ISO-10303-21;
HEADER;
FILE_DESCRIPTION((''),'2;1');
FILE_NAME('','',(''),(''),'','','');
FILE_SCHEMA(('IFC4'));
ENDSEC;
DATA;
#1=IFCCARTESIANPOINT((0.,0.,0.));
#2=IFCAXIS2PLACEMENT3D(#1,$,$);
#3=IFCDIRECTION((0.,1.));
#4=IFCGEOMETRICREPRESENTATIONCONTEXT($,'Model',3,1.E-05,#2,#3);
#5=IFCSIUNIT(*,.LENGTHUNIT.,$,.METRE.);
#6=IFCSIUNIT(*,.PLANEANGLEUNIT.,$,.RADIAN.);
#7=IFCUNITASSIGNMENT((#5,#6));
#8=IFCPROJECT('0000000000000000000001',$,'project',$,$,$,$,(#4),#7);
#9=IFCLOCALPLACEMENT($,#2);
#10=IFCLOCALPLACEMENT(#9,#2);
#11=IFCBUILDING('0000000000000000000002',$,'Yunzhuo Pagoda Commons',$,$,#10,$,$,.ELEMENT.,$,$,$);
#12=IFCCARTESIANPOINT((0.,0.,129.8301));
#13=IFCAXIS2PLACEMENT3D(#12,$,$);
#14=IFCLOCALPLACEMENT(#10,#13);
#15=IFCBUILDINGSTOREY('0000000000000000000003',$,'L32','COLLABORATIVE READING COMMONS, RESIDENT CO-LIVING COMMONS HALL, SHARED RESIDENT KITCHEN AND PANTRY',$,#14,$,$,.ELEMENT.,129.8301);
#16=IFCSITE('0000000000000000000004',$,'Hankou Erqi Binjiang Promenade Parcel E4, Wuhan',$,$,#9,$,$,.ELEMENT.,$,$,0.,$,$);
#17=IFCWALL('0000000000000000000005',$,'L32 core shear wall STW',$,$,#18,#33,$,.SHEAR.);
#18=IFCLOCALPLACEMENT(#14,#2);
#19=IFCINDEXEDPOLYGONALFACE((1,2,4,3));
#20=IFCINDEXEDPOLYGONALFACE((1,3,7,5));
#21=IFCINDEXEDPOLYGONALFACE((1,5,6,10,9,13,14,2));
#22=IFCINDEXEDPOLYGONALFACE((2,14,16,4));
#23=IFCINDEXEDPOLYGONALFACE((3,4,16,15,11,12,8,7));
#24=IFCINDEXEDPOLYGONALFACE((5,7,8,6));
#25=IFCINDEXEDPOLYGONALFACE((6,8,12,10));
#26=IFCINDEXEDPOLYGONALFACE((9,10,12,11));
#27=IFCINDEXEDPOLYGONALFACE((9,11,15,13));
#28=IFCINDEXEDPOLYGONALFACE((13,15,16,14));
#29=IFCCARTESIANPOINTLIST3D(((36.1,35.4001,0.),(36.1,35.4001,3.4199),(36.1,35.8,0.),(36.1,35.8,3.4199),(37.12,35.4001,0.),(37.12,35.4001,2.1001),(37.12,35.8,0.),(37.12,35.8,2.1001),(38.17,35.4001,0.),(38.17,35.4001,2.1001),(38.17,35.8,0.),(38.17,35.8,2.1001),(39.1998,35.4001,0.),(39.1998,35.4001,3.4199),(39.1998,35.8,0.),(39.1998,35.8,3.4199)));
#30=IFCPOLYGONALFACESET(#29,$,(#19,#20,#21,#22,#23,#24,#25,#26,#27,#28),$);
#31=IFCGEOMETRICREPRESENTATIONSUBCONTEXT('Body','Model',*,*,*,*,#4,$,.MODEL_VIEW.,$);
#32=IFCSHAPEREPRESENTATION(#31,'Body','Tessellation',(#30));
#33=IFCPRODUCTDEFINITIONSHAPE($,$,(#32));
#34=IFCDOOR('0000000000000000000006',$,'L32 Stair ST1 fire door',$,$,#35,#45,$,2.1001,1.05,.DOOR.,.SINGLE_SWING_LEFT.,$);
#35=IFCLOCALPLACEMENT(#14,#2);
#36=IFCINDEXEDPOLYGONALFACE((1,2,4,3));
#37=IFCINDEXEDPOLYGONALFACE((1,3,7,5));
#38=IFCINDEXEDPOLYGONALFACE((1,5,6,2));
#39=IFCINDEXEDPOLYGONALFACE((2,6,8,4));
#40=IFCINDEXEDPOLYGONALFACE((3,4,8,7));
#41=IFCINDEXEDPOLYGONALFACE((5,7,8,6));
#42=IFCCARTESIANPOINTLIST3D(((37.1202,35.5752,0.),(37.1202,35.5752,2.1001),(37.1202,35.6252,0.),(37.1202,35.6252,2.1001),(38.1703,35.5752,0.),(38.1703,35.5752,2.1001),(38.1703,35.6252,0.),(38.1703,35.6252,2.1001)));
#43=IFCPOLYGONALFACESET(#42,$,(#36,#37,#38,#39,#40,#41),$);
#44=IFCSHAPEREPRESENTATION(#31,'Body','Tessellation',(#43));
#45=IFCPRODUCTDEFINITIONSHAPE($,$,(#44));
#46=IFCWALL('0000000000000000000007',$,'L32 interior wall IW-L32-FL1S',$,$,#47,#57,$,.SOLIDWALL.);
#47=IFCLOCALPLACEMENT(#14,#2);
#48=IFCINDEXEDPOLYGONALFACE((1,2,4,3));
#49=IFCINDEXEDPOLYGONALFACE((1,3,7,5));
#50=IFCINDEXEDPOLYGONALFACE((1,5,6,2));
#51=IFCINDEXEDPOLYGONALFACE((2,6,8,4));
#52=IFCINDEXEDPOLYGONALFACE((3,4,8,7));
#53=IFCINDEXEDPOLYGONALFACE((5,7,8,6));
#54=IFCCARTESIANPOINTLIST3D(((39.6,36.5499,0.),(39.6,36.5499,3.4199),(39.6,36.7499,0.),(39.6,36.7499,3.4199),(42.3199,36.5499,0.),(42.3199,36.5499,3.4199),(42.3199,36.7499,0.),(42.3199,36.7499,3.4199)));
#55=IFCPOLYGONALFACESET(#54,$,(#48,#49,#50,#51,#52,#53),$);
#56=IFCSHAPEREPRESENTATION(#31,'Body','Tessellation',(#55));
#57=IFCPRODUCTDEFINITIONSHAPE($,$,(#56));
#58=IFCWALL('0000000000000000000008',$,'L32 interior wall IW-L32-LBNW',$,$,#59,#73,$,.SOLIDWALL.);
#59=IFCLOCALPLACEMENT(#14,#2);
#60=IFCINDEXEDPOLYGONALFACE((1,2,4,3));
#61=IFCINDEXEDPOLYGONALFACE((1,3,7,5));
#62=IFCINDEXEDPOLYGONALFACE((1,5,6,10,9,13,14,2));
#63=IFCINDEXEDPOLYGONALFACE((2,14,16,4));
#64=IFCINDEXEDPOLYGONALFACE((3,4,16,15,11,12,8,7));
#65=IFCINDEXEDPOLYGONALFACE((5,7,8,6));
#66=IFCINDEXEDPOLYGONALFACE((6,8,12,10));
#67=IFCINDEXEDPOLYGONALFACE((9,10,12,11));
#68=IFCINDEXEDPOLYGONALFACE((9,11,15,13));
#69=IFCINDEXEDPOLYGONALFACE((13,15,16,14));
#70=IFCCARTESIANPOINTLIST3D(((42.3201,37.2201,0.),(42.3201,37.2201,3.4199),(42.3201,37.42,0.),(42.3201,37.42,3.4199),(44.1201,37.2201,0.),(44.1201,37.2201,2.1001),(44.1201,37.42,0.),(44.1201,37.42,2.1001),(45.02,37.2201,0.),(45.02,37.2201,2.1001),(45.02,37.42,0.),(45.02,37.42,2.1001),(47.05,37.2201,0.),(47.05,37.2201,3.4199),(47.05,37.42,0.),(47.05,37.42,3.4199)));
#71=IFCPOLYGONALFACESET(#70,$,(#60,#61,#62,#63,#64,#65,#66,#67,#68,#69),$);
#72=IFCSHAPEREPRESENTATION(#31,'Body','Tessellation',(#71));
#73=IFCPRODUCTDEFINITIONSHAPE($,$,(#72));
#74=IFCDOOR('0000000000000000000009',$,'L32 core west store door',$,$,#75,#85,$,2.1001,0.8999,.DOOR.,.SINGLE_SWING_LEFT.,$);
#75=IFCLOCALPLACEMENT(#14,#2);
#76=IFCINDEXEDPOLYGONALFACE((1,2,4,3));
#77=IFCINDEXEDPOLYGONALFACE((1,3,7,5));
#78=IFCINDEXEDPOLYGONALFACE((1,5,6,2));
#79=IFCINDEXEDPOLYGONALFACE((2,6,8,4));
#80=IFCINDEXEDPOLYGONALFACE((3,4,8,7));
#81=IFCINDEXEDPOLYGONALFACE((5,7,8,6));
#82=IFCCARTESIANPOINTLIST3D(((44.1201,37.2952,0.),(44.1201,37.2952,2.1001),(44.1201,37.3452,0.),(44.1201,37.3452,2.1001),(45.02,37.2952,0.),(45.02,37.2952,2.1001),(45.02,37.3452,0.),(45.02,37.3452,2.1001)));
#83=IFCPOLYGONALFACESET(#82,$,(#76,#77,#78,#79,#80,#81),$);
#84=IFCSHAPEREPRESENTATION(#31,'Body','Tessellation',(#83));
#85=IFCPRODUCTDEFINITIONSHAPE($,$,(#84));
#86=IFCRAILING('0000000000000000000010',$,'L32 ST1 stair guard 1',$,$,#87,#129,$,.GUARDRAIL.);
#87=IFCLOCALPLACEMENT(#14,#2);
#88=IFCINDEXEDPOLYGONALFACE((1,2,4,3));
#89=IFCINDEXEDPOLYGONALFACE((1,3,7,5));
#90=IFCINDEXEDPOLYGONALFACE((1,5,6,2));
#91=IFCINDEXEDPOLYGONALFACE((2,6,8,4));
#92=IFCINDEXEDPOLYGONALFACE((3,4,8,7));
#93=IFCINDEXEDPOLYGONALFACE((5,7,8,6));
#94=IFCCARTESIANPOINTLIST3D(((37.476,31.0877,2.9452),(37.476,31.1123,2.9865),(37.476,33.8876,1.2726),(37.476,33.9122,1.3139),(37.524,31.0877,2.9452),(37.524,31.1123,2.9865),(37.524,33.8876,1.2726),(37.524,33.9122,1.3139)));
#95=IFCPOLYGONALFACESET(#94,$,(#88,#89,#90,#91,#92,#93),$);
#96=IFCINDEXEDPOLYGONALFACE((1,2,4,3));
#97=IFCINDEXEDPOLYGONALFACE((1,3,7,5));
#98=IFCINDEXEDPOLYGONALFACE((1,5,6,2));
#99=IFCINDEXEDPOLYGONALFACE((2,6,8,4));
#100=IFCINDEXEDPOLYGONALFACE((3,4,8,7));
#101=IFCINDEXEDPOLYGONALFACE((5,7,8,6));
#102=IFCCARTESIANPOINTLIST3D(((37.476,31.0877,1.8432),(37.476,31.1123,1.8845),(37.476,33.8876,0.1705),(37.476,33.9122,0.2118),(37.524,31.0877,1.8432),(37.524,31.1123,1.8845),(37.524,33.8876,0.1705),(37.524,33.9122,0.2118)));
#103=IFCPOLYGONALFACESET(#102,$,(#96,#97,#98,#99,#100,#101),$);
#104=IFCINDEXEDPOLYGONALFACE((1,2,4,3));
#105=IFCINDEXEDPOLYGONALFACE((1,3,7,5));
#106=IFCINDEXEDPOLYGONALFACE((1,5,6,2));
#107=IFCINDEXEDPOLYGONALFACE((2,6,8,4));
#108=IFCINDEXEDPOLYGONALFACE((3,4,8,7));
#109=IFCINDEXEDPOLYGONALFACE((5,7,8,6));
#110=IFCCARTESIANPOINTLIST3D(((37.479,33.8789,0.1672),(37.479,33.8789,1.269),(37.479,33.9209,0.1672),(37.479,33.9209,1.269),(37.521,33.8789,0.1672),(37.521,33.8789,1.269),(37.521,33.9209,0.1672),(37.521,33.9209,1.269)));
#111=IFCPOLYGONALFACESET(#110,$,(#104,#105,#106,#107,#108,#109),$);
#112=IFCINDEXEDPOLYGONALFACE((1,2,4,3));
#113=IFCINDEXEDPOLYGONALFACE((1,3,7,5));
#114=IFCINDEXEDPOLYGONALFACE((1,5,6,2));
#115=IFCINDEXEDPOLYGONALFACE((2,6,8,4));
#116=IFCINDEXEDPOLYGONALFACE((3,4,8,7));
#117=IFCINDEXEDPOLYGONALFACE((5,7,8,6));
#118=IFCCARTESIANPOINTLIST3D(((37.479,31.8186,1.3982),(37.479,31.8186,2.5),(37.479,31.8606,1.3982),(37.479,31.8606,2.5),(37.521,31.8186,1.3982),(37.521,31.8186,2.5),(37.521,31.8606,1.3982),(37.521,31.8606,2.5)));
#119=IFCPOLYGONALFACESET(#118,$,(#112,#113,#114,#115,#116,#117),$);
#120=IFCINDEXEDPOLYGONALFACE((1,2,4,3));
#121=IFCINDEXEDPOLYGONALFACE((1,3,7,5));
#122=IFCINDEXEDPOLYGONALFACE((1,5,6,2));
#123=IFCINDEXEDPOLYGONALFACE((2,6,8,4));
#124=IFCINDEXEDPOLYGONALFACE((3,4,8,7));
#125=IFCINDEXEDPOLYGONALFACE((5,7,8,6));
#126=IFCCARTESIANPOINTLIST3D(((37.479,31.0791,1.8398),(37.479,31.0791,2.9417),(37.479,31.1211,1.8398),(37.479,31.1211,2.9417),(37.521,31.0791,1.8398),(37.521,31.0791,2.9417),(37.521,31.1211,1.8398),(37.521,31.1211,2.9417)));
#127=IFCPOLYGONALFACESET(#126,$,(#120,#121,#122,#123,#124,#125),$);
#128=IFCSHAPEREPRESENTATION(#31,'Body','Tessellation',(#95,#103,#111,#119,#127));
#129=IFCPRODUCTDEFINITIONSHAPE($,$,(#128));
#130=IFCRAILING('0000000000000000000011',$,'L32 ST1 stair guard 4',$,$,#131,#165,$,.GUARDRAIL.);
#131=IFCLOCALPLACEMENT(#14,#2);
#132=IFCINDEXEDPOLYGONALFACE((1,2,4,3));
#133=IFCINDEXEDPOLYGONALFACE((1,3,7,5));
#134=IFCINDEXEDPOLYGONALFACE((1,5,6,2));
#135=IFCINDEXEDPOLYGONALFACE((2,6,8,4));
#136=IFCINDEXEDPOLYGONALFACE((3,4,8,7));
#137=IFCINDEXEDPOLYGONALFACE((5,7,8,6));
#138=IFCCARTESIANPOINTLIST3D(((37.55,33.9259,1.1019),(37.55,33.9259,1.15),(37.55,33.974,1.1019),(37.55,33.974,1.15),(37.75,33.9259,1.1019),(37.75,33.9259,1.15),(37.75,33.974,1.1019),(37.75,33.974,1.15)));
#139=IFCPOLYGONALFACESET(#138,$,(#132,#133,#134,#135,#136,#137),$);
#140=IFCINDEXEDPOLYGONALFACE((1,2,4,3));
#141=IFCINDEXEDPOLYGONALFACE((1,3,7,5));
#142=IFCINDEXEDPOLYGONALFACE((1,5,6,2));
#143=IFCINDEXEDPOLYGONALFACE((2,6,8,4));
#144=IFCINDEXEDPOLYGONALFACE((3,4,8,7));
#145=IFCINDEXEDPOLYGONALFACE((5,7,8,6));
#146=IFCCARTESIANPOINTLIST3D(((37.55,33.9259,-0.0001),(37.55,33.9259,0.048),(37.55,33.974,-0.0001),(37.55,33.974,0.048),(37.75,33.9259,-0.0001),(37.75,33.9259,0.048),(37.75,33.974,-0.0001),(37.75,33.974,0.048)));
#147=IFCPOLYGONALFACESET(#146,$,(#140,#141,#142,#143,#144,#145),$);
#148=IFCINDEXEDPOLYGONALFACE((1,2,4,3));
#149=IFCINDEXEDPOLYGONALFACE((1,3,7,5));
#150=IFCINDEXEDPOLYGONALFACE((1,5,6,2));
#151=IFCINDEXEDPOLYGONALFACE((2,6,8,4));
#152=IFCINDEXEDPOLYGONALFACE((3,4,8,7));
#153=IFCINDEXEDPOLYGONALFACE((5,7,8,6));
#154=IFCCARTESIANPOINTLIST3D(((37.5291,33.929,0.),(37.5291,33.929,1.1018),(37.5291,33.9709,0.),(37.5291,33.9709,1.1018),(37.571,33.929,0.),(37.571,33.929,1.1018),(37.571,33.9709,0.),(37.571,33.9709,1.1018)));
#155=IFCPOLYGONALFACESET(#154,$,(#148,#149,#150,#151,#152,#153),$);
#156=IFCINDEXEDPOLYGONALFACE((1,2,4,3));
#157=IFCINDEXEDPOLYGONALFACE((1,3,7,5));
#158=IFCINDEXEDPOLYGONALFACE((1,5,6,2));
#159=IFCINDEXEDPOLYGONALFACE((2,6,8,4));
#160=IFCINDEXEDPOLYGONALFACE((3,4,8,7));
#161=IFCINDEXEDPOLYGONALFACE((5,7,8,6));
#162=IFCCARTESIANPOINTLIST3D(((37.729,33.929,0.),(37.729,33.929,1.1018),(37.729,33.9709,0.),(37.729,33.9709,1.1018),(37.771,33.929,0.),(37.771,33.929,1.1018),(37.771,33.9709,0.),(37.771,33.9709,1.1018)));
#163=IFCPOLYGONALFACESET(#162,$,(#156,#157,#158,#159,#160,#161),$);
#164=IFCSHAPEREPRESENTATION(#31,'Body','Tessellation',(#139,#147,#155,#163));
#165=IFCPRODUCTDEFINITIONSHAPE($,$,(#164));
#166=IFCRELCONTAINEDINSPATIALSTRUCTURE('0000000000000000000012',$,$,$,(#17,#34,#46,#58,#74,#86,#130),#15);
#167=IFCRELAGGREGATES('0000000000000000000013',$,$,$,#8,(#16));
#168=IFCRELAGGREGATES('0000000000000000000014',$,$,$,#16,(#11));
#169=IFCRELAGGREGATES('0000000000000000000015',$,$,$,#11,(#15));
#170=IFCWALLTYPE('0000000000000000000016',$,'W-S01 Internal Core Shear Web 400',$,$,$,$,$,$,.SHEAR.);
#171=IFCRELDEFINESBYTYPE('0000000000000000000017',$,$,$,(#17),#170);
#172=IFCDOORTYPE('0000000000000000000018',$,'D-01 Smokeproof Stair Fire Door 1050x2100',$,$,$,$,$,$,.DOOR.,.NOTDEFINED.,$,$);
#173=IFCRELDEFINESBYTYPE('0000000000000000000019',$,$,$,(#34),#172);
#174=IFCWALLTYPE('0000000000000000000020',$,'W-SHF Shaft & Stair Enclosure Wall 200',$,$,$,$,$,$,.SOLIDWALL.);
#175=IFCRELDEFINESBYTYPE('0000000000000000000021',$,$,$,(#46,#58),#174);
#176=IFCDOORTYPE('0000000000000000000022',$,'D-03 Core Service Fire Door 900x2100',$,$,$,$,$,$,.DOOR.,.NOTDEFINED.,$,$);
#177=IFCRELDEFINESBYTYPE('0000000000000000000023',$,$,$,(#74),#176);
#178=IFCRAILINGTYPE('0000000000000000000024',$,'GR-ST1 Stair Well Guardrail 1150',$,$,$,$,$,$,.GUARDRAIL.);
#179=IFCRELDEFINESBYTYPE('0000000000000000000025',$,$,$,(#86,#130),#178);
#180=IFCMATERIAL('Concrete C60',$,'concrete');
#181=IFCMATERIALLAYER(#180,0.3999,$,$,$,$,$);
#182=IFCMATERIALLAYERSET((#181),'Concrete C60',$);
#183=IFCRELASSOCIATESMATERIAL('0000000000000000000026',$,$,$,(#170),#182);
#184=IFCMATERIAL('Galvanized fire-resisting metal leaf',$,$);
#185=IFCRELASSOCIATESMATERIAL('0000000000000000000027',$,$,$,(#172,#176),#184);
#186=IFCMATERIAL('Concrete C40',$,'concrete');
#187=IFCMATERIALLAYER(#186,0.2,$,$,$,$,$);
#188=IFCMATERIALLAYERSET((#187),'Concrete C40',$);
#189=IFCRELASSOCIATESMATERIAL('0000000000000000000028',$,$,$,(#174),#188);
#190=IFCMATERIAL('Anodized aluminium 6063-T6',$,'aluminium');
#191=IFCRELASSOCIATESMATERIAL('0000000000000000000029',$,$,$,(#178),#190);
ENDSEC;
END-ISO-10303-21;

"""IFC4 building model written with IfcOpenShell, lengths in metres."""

from ifc_helpers import new_model, si_unit, direction, frame, frame_2d, origin, origin_2d, place, context, subcontext, project, spatial, rectangle, extrude, source, transform, mapped, material, layer, layer_set, type_object, element, fill, save


model = new_model("IFC4")

# Units and contexts
model_context = context("Model", 3, precision=1e-05, world=origin(), true_north=direction((0.0, 1.0)))
body_context = subcontext(model_context, "Body", "Model", "MODEL_VIEW")
ifc_project = project(units=[si_unit("LENGTHUNIT", "METRE"), si_unit("PLANEANGLEUNIT", "RADIAN")], contexts=[model_context])

# Site, building, storey
site_placement = place(None, origin())
site = spatial("IfcSite", under=ifc_project, at=site_placement, Name="Hankou Erqi Binjiang Promenade Parcel E4, Wuhan", CompositionType="ELEMENT", RefElevation=0.0)
building_placement = place(site_placement, origin())
building = spatial("IfcBuilding", under=site, at=building_placement, Name="Yunzhuo Pagoda Commons", CompositionType="ELEMENT")
storey_placement = place(building_placement, frame((0.0, 0.0, 129.8301)))
storey = spatial("IfcBuildingStorey", under=building, at=storey_placement, Name="L32", Description="COLLABORATIVE READING COMMONS, RESIDENT CO-LIVING COMMONS HALL, SHARED RESIDENT KITCHEN AND PANTRY", CompositionType="ELEMENT", Elevation=129.8301)

# Shared definitions
ifc_material_1 = material(Name="Concrete C60", Category="concrete")
ifc_material_2 = material(Name="Galvanized fire-resisting metal leaf")
shared_shape_1 = source(origin(), body_context, "Body", "SweptSolid", [
    extrude(rectangle(XDim=1.05, YDim=2.1001, at=frame_2d((0.5249, 1.05))), frame((0.0, 0.0249, 0.0), z_axis=(0.0, -1.0, 0.0), x_axis=(1.0, 0.0, 0.0)), (0.0, 0.0, 1.0), 0.05),
])

# Wall, opening, door
ifc_layer_1 = layer(ifc_material_1, 0.3999)
ifc_layer_set_1 = layer_set([ifc_layer_1], Name="Concrete C60")
wall_type_1 = type_object("IfcWallType", Name="W-S01 Internal Core Shear Web 400", PredefinedType="SHEAR", material=ifc_layer_set_1)
wall_1_placement = place(storey_placement, frame((36.1001, 35.6001, 0.0), z_axis=(0.0, 0.0, 1.0), x_axis=(1.0, 0.0, 0.0)))
wall_1 = element("IfcWall", 1, at=wall_1_placement, inside=storey, type_object=wall_type_1, Name="L32 core shear wall STW", PredefinedType="SHEAR", context=body_context, shape_type="SweptSolid", body=[
    extrude(rectangle(XDim=3.0999, YDim=0.3999, at=frame_2d((1.5498, 0.0))), origin(), (0.0, 0.0, 1.0), 3.4199),
])
opening_1_placement = place(wall_1_placement, frame((1.02, 0.0, 0.0)))
opening_1 = element("IfcOpeningElement", 2, at=opening_1_placement, cuts=wall_1, PredefinedType="OPENING", context=body_context, shape_type="SweptSolid", body=[
    extrude(rectangle(XDim=1.05, YDim=2.1001, at=frame_2d((0.5249, 1.05))), frame((0.0, 0.21, 0.0), z_axis=(0.0, -1.0, 0.0), x_axis=(1.0, 0.0, 0.0)), (0.0, 0.0, 1.0), 0.4199),
])
door_type_1 = type_object("IfcDoorType", Name="D-01 Smokeproof Stair Fire Door 1050x2100", OperationType="NOTDEFINED", PredefinedType="DOOR", material=ifc_material_2)
door_1_placement = place(opening_1_placement, frame((1.05, 0.0, 0.0), z_axis=(0.0, 0.0, 1.0), x_axis=(-1.0, 0.0, 0.0)))
door_1 = element("IfcDoor", 3, at=door_1_placement, inside=storey, type_object=door_type_1, Name="L32 Stair ST1 fire door", OperationType="SINGLE_SWING_LEFT", OverallHeight=2.1001, OverallWidth=1.05, PredefinedType="DOOR", context=body_context, shape_type="MappedRepresentation", body=[
    mapped(shared_shape_1, transform((0.0, 0.0, 0.0), scale=1.0)),
])
fill(opening_1, door_1)

# Wall
ifc_material_3 = material(Name="Concrete C40", Category="concrete")
ifc_layer_2 = layer(ifc_material_3, 0.2)
ifc_layer_set_2 = layer_set([ifc_layer_2], Name="Concrete C40")
wall_type_2 = type_object("IfcWallType", Name="W-SHF Shaft & Stair Enclosure Wall 200", PredefinedType="SOLIDWALL", material=ifc_layer_set_2)
wall_2_placement = place(storey_placement, frame((39.6001, 36.6499, 0.0), z_axis=(0.0, 0.0, 1.0), x_axis=(1.0, 0.0, 0.0)))
element("IfcWall", 4, at=wall_2_placement, inside=storey, type_object=wall_type_2, Name="L32 interior wall IW-L32-FL1S", PredefinedType="SOLIDWALL", context=body_context, shape_type="SweptSolid", body=[
    extrude(rectangle(XDim=2.72, YDim=0.2, at=frame_2d((1.3599, 0.0))), origin(), (0.0, 0.0, 1.0), 3.4199),
])

# Wall, opening, door
wall_3_placement = place(storey_placement, frame((42.3201, 37.3201, 0.0), z_axis=(0.0, 0.0, 1.0), x_axis=(1.0, 0.0, 0.0)))
wall_3 = element("IfcWall", 5, at=wall_3_placement, inside=storey, type_object=wall_type_2, Name="L32 interior wall IW-L32-LBNW", PredefinedType="SOLIDWALL", context=body_context, shape_type="SweptSolid", body=[
    extrude(rectangle(XDim=4.73, YDim=0.2, at=frame_2d((2.365, 0.0))), origin(), (0.0, 0.0, 1.0), 3.4199),
])
opening_2_placement = place(wall_3_placement, frame((1.8, 0.0, 0.0)))
opening_2 = element("IfcOpeningElement", 6, at=opening_2_placement, cuts=wall_3, PredefinedType="OPENING", context=body_context, shape_type="SweptSolid", body=[
    extrude(rectangle(XDim=0.8999, YDim=2.1001, at=frame_2d((0.45, 1.05))), frame((0.0, 0.1099, 0.0), z_axis=(0.0, -1.0, 0.0), x_axis=(1.0, 0.0, 0.0)), (0.0, 0.0, 1.0), 0.22),
])
door_type_2 = type_object("IfcDoorType", Name="D-03 Core Service Fire Door 900x2100", OperationType="NOTDEFINED", PredefinedType="DOOR", material=ifc_material_2)
shared_shape_2 = source(origin(), body_context, "Body", "SweptSolid", [
    extrude(rectangle(XDim=0.8999, YDim=2.1001, at=frame_2d((0.45, 1.05))), frame((0.0, 0.0249, 0.0), z_axis=(0.0, -1.0, 0.0), x_axis=(1.0, 0.0, 0.0)), (0.0, 0.0, 1.0), 0.05),
])
door_2_placement = place(opening_2_placement, frame((0.8999, 0.0, 0.0), z_axis=(0.0, 0.0, 1.0), x_axis=(-1.0, 0.0, 0.0)))
door_2 = element("IfcDoor", 7, at=door_2_placement, inside=storey, type_object=door_type_2, Name="L32 core west store door", OperationType="SINGLE_SWING_LEFT", OverallHeight=2.1001, OverallWidth=0.8999, PredefinedType="DOOR", context=body_context, shape_type="MappedRepresentation", body=[
    mapped(shared_shape_2, transform((0.0, 0.0, 0.0), scale=1.0)),
])
fill(opening_2, door_2)

# Railings
ifc_material_4 = material(Name="Anodized aluminium 6063-T6", Category="aluminium")
railing_type = type_object("IfcRailingType", Name="GR-ST1 Stair Well Guardrail 1150", PredefinedType="GUARDRAIL", material=ifc_material_4)
railing_1_placement = place(storey_placement, frame((37.5, 33.8999, 0.1672)))
element("IfcRailing", 8, at=railing_1_placement, inside=storey, type_object=railing_type, Name="L32 ST1 stair guard 1", PredefinedType="GUARDRAIL", context=body_context, shape_type="SweptSolid", body=[
    extrude(rectangle(XDim=0.0481, YDim=0.0481, at=origin_2d()), frame((0.0, 0.0, 1.126), z_axis=(0.0, -0.858476, 0.512855), x_axis=(1.0, 0.0, 0.0)), (0.0, 0.0, 1.0), 3.2615),
    extrude(rectangle(XDim=0.0481, YDim=0.0481, at=origin_2d()), frame((0.0, 0.0, 0.0239), z_axis=(0.0, -0.858476, 0.512855), x_axis=(1.0, 0.0, 0.0)), (0.0, 0.0, 1.0), 3.2615),
    extrude(rectangle(XDim=0.042, YDim=0.042, at=origin_2d()), origin(), (0.0, 0.0, 1.0), 1.1018),
    extrude(rectangle(XDim=0.042, YDim=0.042, at=origin_2d()), frame((0.0, -2.0603, 1.231)), (0.0, 0.0, 1.0), 1.1018),
    extrude(rectangle(XDim=0.042, YDim=0.042, at=origin_2d()), frame((0.0, -2.7998, 1.6726)), (0.0, 0.0, 1.0), 1.1018),
])
railing_2_placement = place(storey_placement, frame((37.55, 33.95, 0.0)))
element("IfcRailing", 9, at=railing_2_placement, inside=storey, type_object=railing_type, Name="L32 ST1 stair guard 4", PredefinedType="GUARDRAIL", context=body_context, shape_type="SweptSolid", body=[
    extrude(rectangle(XDim=0.0481, YDim=0.0481, at=origin_2d()), frame((0.0, 0.0, 1.126), z_axis=(1.0, 0.0, 0.0), x_axis=(0.0, 1.0, 0.0)), (0.0, 0.0, 1.0), 0.2),
    extrude(rectangle(XDim=0.0481, YDim=0.0481, at=origin_2d()), frame((0.0, 0.0, 0.0239), z_axis=(1.0, 0.0, 0.0), x_axis=(0.0, 1.0, 0.0)), (0.0, 0.0, 1.0), 0.2),
    extrude(rectangle(XDim=0.042, YDim=0.042, at=origin_2d()), origin(), (0.0, 0.0, 1.0), 1.1018),
    extrude(rectangle(XDim=0.042, YDim=0.042, at=origin_2d()), frame((0.2, 0.0, 0.0)), (0.0, 0.0, 1.0), 1.1018),
])

save(model, "model.ifc")
